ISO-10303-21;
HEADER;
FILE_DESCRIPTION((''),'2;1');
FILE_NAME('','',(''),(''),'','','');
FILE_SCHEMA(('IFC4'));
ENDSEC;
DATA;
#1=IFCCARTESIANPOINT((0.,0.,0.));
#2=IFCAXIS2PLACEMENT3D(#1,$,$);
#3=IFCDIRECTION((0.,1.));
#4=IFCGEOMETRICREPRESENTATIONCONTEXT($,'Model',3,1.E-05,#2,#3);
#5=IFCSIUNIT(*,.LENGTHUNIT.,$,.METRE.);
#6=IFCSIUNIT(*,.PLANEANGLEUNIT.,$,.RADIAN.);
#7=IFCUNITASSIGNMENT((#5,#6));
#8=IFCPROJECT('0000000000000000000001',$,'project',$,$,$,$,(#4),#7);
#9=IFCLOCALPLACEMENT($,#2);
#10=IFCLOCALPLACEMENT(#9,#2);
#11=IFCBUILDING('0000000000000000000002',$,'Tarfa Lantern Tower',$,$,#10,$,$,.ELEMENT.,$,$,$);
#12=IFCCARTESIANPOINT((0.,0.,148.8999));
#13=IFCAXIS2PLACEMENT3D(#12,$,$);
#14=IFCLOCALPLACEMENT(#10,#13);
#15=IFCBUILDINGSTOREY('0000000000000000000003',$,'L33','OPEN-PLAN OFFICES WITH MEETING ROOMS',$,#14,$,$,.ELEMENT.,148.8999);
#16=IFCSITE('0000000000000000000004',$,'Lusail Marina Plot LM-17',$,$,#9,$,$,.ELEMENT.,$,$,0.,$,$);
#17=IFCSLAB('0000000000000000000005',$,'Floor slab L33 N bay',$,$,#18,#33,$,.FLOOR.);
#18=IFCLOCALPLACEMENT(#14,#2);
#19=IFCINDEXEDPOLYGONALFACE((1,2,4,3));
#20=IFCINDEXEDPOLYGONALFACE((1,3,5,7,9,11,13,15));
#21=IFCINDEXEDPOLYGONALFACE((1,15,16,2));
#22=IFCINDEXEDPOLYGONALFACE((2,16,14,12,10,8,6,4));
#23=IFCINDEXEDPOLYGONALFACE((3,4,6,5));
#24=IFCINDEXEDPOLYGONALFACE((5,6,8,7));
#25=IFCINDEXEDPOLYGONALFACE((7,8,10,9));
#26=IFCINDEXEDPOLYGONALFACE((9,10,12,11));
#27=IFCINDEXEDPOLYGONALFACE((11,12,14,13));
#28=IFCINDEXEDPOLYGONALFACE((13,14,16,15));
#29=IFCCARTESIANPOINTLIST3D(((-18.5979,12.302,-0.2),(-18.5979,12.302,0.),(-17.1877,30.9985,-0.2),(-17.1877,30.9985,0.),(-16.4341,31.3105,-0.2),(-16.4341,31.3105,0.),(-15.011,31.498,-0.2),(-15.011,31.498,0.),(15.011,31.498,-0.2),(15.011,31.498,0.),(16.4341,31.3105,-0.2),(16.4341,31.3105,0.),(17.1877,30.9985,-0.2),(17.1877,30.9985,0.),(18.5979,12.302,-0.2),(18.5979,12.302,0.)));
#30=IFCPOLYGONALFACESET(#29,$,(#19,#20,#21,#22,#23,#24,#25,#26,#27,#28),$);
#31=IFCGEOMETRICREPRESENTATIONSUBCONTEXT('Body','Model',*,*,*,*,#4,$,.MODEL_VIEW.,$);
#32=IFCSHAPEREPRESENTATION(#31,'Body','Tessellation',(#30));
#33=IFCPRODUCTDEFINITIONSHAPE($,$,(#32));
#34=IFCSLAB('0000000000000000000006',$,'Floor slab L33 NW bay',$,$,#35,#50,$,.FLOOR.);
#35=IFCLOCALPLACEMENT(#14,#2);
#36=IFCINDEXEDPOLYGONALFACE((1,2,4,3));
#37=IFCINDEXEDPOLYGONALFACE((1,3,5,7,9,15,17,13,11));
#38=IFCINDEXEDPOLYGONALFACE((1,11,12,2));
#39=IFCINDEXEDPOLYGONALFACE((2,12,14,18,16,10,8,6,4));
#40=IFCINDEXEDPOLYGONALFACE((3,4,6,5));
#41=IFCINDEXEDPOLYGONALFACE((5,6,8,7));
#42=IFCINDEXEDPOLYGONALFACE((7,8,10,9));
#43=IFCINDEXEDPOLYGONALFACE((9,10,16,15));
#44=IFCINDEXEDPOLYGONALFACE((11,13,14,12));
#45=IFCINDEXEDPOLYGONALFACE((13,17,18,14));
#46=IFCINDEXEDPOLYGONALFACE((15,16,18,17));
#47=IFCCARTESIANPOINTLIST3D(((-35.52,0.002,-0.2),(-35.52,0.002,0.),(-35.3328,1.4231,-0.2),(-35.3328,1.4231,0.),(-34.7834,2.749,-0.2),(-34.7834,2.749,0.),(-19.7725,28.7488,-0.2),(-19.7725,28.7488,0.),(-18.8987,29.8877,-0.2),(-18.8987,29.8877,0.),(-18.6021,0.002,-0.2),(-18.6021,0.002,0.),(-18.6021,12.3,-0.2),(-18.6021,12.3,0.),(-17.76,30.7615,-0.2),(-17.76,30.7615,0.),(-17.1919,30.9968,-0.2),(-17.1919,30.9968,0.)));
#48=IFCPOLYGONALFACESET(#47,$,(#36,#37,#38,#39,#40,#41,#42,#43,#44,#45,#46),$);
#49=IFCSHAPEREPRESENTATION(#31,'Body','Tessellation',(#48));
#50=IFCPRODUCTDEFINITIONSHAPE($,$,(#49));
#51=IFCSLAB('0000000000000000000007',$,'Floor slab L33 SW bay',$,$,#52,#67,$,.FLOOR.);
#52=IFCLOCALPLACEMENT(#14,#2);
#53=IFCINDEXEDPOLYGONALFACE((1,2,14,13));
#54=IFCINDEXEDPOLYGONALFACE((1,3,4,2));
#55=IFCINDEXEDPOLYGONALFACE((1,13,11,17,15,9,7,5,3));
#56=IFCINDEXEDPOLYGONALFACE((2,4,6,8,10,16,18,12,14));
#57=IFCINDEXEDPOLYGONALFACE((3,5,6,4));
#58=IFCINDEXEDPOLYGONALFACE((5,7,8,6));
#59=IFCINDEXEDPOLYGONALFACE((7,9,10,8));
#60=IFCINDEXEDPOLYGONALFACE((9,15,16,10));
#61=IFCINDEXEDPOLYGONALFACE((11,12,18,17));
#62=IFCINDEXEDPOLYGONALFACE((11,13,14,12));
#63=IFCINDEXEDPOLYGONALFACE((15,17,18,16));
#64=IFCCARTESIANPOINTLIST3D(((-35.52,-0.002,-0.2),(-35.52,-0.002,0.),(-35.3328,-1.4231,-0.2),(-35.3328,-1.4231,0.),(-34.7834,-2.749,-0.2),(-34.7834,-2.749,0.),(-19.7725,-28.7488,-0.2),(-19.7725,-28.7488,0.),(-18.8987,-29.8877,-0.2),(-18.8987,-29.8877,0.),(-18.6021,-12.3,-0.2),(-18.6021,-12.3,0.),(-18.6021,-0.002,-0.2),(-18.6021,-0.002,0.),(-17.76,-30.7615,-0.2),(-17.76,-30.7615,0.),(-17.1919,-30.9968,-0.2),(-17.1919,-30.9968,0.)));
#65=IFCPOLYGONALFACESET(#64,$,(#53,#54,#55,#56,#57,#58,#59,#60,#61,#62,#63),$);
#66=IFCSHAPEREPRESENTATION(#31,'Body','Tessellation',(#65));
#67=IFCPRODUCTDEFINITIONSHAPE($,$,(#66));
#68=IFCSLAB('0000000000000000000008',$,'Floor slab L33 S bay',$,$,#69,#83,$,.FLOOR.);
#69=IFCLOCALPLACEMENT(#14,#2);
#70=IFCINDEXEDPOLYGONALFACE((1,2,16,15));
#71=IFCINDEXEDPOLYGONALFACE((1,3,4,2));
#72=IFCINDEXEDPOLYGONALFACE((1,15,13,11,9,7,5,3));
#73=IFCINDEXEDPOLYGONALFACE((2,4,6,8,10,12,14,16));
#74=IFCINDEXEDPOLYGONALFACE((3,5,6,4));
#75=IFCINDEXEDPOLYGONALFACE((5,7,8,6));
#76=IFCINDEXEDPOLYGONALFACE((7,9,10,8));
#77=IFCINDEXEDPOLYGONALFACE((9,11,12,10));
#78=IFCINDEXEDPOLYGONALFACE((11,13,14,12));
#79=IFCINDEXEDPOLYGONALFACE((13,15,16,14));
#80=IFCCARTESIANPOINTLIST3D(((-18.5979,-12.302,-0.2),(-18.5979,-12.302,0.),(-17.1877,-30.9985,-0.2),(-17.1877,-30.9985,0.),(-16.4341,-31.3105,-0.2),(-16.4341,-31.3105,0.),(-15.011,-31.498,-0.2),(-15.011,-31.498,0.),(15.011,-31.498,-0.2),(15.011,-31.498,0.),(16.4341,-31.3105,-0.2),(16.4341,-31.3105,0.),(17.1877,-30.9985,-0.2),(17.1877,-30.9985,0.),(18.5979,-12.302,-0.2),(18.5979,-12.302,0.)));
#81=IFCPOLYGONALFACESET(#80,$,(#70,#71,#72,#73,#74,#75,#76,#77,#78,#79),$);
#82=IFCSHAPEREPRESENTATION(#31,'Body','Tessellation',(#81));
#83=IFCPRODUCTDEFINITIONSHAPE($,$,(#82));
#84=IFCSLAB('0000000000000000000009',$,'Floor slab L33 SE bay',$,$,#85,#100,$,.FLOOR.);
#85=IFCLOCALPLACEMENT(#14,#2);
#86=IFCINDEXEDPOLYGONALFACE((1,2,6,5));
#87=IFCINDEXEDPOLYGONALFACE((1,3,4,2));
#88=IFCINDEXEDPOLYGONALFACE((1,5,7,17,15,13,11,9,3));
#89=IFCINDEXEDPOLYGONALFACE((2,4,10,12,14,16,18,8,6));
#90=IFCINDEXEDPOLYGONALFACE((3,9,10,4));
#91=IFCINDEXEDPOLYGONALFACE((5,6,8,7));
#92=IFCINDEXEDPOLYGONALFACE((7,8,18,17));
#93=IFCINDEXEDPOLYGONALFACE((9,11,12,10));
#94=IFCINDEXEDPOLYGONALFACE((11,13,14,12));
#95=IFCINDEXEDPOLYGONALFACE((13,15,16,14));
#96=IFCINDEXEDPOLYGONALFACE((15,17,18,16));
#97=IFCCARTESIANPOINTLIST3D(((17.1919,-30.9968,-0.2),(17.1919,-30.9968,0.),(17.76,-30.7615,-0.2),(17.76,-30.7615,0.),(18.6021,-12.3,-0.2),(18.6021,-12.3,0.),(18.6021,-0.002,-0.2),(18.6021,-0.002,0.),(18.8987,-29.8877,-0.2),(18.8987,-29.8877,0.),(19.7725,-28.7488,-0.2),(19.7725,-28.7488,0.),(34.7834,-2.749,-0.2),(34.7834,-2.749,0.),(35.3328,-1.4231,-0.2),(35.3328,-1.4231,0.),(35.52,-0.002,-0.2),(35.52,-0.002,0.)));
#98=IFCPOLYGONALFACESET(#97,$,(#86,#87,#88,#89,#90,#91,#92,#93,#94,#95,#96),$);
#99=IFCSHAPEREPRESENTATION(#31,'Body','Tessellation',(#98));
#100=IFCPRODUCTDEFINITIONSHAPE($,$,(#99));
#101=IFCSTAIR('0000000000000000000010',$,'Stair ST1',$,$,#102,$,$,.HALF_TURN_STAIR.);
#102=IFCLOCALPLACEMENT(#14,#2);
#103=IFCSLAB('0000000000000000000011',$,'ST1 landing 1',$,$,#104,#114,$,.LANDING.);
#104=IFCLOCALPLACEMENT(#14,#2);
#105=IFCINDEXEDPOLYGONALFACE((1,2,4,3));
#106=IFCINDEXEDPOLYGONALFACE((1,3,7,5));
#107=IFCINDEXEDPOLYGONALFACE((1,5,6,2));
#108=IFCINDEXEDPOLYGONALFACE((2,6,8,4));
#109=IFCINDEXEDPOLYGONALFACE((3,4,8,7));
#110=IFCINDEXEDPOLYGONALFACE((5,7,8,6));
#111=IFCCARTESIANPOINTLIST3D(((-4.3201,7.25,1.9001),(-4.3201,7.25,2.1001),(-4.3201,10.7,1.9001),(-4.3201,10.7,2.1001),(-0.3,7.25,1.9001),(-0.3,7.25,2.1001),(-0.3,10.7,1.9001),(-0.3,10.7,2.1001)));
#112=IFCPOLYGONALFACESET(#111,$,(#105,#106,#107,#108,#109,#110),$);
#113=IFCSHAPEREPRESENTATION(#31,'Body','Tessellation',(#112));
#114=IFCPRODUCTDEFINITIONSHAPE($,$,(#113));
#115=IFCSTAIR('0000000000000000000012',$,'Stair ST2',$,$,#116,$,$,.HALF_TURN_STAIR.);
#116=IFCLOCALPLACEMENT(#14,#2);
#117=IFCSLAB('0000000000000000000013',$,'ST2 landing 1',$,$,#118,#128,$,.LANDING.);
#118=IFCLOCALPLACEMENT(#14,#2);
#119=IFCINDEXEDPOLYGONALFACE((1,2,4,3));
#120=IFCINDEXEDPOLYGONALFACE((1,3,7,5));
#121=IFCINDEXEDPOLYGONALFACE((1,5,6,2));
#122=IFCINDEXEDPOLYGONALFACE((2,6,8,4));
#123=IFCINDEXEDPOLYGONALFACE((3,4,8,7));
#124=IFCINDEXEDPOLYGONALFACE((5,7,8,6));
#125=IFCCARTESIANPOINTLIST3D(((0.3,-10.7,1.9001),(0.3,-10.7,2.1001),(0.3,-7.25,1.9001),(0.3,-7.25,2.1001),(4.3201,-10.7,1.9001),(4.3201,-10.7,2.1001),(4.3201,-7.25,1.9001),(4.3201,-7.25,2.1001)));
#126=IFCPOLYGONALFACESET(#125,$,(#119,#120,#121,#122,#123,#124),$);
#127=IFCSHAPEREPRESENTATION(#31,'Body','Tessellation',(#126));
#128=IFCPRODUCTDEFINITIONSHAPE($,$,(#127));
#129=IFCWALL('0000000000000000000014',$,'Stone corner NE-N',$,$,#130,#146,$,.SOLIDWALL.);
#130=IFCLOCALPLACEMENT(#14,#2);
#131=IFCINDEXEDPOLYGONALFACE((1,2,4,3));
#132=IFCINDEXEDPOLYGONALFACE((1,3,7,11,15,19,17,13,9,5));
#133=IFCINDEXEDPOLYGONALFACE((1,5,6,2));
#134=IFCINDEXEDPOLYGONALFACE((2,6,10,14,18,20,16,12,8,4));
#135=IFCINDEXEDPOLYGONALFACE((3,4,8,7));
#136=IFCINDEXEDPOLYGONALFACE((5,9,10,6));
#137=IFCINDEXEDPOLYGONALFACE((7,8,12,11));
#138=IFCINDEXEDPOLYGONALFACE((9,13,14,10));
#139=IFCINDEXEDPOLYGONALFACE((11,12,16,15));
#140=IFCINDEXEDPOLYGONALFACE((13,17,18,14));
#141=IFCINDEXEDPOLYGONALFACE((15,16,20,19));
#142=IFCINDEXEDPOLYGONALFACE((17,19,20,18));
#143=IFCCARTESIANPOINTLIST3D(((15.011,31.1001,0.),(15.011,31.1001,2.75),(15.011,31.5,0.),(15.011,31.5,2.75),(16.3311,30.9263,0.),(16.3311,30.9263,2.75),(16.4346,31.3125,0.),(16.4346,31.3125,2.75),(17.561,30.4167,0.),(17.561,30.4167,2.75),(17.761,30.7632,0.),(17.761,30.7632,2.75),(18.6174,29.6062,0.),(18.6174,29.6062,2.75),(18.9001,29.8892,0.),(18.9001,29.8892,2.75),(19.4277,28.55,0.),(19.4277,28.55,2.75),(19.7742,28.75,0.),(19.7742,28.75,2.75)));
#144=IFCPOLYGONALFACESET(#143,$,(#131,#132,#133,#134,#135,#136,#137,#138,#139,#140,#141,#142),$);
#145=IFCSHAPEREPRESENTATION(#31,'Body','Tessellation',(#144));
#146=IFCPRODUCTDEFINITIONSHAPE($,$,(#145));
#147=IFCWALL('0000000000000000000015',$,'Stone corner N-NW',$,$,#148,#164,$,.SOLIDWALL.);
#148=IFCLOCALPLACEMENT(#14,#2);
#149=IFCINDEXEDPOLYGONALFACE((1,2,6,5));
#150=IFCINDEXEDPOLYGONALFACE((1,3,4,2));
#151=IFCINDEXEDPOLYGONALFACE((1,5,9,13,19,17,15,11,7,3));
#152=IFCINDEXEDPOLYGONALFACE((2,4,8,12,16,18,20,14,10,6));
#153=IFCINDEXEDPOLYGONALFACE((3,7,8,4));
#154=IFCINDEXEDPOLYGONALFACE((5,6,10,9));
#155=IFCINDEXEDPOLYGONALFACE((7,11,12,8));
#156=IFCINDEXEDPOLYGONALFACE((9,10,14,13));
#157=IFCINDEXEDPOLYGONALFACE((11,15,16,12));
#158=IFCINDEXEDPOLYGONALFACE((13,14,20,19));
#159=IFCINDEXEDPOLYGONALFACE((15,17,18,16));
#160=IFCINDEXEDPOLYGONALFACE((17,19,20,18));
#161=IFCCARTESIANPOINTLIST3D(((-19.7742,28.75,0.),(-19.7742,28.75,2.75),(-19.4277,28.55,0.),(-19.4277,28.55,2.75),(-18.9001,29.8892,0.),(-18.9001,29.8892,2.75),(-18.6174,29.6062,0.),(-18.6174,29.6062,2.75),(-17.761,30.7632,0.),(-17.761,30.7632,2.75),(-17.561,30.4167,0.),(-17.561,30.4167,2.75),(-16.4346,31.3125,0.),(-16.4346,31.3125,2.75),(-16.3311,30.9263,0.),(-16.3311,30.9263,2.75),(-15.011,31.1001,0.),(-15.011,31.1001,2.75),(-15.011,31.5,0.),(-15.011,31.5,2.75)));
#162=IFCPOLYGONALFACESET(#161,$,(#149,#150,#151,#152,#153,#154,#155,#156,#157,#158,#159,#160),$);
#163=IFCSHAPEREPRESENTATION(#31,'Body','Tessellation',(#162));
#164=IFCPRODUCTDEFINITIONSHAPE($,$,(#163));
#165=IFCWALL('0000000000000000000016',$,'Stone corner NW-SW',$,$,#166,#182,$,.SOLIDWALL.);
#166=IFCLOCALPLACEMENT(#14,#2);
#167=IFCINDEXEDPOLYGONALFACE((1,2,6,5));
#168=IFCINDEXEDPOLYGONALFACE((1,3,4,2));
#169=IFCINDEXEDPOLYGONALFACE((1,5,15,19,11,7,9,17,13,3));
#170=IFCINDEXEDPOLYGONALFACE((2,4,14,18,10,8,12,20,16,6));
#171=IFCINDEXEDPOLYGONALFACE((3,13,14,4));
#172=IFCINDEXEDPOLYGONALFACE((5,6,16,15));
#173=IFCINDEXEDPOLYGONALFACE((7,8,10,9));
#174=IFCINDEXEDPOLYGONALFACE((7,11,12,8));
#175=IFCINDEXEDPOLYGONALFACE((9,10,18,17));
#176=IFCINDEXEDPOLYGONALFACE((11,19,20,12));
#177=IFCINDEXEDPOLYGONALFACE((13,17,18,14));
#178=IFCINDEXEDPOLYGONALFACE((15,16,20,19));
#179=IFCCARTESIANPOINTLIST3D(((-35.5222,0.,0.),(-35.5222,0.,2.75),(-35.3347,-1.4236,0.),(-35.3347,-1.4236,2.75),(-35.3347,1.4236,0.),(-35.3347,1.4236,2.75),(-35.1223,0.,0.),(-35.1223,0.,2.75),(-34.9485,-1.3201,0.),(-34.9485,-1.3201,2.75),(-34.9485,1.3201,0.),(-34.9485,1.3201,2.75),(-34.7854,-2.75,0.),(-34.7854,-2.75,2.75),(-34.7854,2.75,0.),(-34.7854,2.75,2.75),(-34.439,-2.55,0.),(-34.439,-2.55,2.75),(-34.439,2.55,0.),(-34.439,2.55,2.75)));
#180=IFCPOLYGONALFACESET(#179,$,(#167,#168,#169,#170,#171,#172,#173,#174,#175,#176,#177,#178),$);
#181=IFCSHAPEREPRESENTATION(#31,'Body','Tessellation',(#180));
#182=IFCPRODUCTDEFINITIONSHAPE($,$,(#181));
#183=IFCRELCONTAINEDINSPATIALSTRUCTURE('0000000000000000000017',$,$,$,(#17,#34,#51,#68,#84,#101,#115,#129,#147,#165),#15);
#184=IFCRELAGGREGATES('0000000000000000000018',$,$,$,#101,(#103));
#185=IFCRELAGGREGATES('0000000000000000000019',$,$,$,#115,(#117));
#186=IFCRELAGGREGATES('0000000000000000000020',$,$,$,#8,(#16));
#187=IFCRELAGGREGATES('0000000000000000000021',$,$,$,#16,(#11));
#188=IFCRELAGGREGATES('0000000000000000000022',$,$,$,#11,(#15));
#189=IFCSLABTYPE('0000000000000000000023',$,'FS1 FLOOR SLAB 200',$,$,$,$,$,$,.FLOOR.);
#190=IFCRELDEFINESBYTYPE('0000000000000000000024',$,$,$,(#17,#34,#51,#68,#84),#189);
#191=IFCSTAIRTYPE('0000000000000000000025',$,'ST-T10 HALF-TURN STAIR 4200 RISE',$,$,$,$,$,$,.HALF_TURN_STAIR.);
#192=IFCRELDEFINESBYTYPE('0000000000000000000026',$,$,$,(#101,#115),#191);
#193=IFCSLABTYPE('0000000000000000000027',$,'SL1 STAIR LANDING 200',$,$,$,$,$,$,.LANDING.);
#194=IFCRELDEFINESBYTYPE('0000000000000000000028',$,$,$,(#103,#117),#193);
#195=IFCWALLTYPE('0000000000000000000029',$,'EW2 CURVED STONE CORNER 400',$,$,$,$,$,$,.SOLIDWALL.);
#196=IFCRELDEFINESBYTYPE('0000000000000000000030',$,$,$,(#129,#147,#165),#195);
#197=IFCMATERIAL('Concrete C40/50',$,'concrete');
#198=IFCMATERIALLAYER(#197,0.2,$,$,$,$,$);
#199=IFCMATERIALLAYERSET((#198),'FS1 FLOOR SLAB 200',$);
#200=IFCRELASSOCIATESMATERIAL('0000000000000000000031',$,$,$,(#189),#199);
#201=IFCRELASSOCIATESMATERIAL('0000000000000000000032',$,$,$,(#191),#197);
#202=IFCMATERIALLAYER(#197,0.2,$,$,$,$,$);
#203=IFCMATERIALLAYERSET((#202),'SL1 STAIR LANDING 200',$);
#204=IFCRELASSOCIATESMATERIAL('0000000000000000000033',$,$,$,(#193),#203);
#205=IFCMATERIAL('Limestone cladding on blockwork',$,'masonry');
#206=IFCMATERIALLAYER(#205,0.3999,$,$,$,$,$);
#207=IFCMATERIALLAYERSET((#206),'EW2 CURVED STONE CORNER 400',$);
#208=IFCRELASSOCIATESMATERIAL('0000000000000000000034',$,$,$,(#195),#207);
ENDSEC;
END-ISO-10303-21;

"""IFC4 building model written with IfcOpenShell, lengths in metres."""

from ifc_helpers import new_model, si_unit, direction, frame, origin, place, context, subcontext, project, spatial, polyline, outline, extrude, material, layer, layer_set, type_object, element, aggregate, save


model = new_model("IFC4")

# Units and contexts
model_context = context("Model", 3, precision=1e-05, world=origin(), true_north=direction((0.0, 1.0)))
body_context = subcontext(model_context, "Body", "Model", "MODEL_VIEW")
ifc_project = project(units=[si_unit("LENGTHUNIT", "METRE"), si_unit("PLANEANGLEUNIT", "RADIAN")], contexts=[model_context])

# Site, building, storey
site_placement = place(None, origin())
site = spatial("IfcSite", under=ifc_project, at=site_placement, Name="Lusail Marina Plot LM-17", CompositionType="ELEMENT", RefElevation=0.0)
building_placement = place(site_placement, origin())
building = spatial("IfcBuilding", under=site, at=building_placement, Name="Tarfa Lantern Tower", CompositionType="ELEMENT")
storey_placement = place(building_placement, frame((0.0, 0.0, 148.8999)))
storey = spatial("IfcBuildingStorey", under=building, at=storey_placement, Name="L33", Description="OPEN-PLAN OFFICES WITH MEETING ROOMS", CompositionType="ELEMENT", Elevation=148.8999)

# Slabs
ifc_material_1 = material(Name="Concrete C40/50", Category="concrete")
ifc_layer_1 = layer(ifc_material_1, 0.2)
ifc_layer_set_1 = layer_set([ifc_layer_1], Name="FS1 FLOOR SLAB 200")
slab_type_1 = type_object("IfcSlabType", Name="FS1 FLOOR SLAB 200", PredefinedType="FLOOR", material=ifc_layer_set_1)
slab_1_placement = place(storey_placement, frame((0.0, 0.0, -0.2)))
element("IfcSlab", 1, at=slab_1_placement, inside=storey, type_object=slab_type_1, Name="Floor slab L33 N bay", PredefinedType="FLOOR", context=body_context, shape_type="SweptSolid", body=[
    extrude(outline(polyline([(-18.5979, 12.302), (18.5979, 12.302), (17.1877, 30.9985), (16.4341, 31.3105), (15.011, 31.498), (-15.011, 31.498), (-16.4341, 31.3105), (-17.1877, 30.9985), (-18.5979, 12.302)])), origin(), (0.0, 0.0, 1.0), 0.2),
])
slab_2_placement = place(storey_placement, frame((0.0, 0.0, -0.2)))
element("IfcSlab", 2, at=slab_2_placement, inside=storey, type_object=slab_type_1, Name="Floor slab L33 NW bay", PredefinedType="FLOOR", context=body_context, shape_type="SweptSolid", body=[
    extrude(outline(polyline([(-18.6021, 0.002), (-18.6021, 12.3), (-17.1919, 30.9968), (-17.76, 30.7615), (-18.8987, 29.8877), (-19.7725, 28.7488), (-34.7834, 2.749), (-35.3328, 1.4231), (-35.52, 0.002), (-18.6021, 0.002)])), origin(), (0.0, 0.0, 1.0), 0.2),
])
slab_3_placement = place(storey_placement, frame((0.0, 0.0, -0.2)))
element("IfcSlab", 3, at=slab_3_placement, inside=storey, type_object=slab_type_1, Name="Floor slab L33 SW bay", PredefinedType="FLOOR", context=body_context, shape_type="SweptSolid", body=[
    extrude(outline(polyline([(-18.6021, -12.3), (-18.6021, -0.002), (-35.52, -0.002), (-35.3328, -1.4231), (-34.7834, -2.749), (-19.7725, -28.7488), (-18.8987, -29.8877), (-17.76, -30.7615), (-17.1919, -30.9968), (-18.6021, -12.3)])), origin(), (0.0, 0.0, 1.0), 0.2),
])
slab_4_placement = place(storey_placement, frame((0.0, 0.0, -0.2)))
element("IfcSlab", 4, at=slab_4_placement, inside=storey, type_object=slab_type_1, Name="Floor slab L33 S bay", PredefinedType="FLOOR", context=body_context, shape_type="SweptSolid", body=[
    extrude(outline(polyline([(18.5979, -12.302), (-18.5979, -12.302), (-17.1877, -30.9985), (-16.4341, -31.3105), (-15.011, -31.498), (15.011, -31.498), (16.4341, -31.3105), (17.1877, -30.9985), (18.5979, -12.302)])), origin(), (0.0, 0.0, 1.0), 0.2),
])
slab_5_placement = place(storey_placement, frame((0.0, 0.0, -0.2)))
element("IfcSlab", 5, at=slab_5_placement, inside=storey, type_object=slab_type_1, Name="Floor slab L33 SE bay", PredefinedType="FLOOR", context=body_context, shape_type="SweptSolid", body=[
    extrude(outline(polyline([(18.6021, -0.002), (18.6021, -12.3), (17.1919, -30.9968), (17.76, -30.7615), (18.8987, -29.8877), (19.7725, -28.7488), (34.7834, -2.749), (35.3328, -1.4231), (35.52, -0.002), (18.6021, -0.002)])), origin(), (0.0, 0.0, 1.0), 0.2),
])

# Stairs, slabs
stair_type = type_object("IfcStairType", Name="ST-T10 HALF-TURN STAIR 4200 RISE", PredefinedType="HALF_TURN_STAIR", material=ifc_material_1)
stair_1_placement = place(storey_placement, origin())
stair_1 = element("IfcStair", 6, at=stair_1_placement, inside=storey, type_object=stair_type, Name="Stair ST1", PredefinedType="HALF_TURN_STAIR")
ifc_layer_2 = layer(ifc_material_1, 0.2)
ifc_layer_set_2 = layer_set([ifc_layer_2], Name="SL1 STAIR LANDING 200")
slab_type_2 = type_object("IfcSlabType", Name="SL1 STAIR LANDING 200", PredefinedType="LANDING", material=ifc_layer_set_2)
slab_6_placement = place(storey_placement, frame((0.0, 0.0, 1.9001)))
slab_6 = element("IfcSlab", 7, at=slab_6_placement, type_object=slab_type_2, Name="ST1 landing 1", PredefinedType="LANDING", context=body_context, shape_type="SweptSolid", body=[
    extrude(outline(polyline([(-4.3201, 7.25), (-0.3, 7.25), (-0.3, 10.7), (-4.3201, 10.7), (-4.3201, 7.25)])), origin(), (0.0, 0.0, 1.0), 0.2),
])
aggregate(stair_1, [slab_6])
stair_2_placement = place(storey_placement, origin())
stair_2 = element("IfcStair", 8, at=stair_2_placement, inside=storey, type_object=stair_type, Name="Stair ST2", PredefinedType="HALF_TURN_STAIR")
slab_7_placement = place(storey_placement, frame((0.0, 0.0, 1.9001)))
slab_7 = element("IfcSlab", 9, at=slab_7_placement, type_object=slab_type_2, Name="ST2 landing 1", PredefinedType="LANDING", context=body_context, shape_type="SweptSolid", body=[
    extrude(outline(polyline([(4.3201, -7.25), (0.3, -7.25), (0.3, -10.7), (4.3201, -10.7), (4.3201, -7.25)])), origin(), (0.0, 0.0, 1.0), 0.2),
])
aggregate(stair_2, [slab_7])

# Walls
ifc_material_2 = material(Name="Limestone cladding on blockwork", Category="masonry")
ifc_layer_3 = layer(ifc_material_2, 0.3999)
ifc_layer_set_3 = layer_set([ifc_layer_3], Name="EW2 CURVED STONE CORNER 400")
wall_type_1 = type_object("IfcWallType", Name="EW2 CURVED STONE CORNER 400", PredefinedType="SOLIDWALL", material=ifc_layer_set_3)
wall_1_placement = place(storey_placement, origin())
element("IfcWall", 10, at=wall_1_placement, inside=storey, type_object=wall_type_1, Name="Stone corner NE-N", PredefinedType="SOLIDWALL", context=body_context, shape_type="SweptSolid", body=[
    extrude(outline(polyline([(19.7742, 28.75), (18.9001, 29.8892), (17.761, 30.7632), (16.4346, 31.3125), (15.011, 31.5), (15.011, 31.1001), (16.3311, 30.9263), (17.561, 30.4167), (18.6174, 29.6062), (19.4277, 28.55), (19.7742, 28.75)])), origin(), (0.0, 0.0, 1.0), 2.75),
])
wall_2_placement = place(storey_placement, origin())
element("IfcWall", 11, at=wall_2_placement, inside=storey, type_object=wall_type_1, Name="Stone corner N-NW", PredefinedType="SOLIDWALL", context=body_context, shape_type="SweptSolid", body=[
    extrude(outline(polyline([(-15.011, 31.5), (-16.4346, 31.3125), (-17.761, 30.7632), (-18.9001, 29.8892), (-19.7742, 28.75), (-19.4277, 28.55), (-18.6174, 29.6062), (-17.561, 30.4167), (-16.3311, 30.9263), (-15.011, 31.1001), (-15.011, 31.5)])), origin(), (0.0, 0.0, 1.0), 2.75),
])
wall_3_placement = place(storey_placement, origin())
element("IfcWall", 12, at=wall_3_placement, inside=storey, type_object=wall_type_1, Name="Stone corner NW-SW", PredefinedType="SOLIDWALL", context=body_context, shape_type="SweptSolid", body=[
    extrude(outline(polyline([(-34.7854, 2.75), (-35.3347, 1.4236), (-35.5222, 0.0), (-35.3347, -1.4236), (-34.7854, -2.75), (-34.439, -2.55), (-34.9485, -1.3201), (-35.1223, 0.0), (-34.9485, 1.3201), (-34.439, 2.55), (-34.7854, 2.75)])), origin(), (0.0, 0.0, 1.0), 2.75),
])

save(model, "model.ifc")
